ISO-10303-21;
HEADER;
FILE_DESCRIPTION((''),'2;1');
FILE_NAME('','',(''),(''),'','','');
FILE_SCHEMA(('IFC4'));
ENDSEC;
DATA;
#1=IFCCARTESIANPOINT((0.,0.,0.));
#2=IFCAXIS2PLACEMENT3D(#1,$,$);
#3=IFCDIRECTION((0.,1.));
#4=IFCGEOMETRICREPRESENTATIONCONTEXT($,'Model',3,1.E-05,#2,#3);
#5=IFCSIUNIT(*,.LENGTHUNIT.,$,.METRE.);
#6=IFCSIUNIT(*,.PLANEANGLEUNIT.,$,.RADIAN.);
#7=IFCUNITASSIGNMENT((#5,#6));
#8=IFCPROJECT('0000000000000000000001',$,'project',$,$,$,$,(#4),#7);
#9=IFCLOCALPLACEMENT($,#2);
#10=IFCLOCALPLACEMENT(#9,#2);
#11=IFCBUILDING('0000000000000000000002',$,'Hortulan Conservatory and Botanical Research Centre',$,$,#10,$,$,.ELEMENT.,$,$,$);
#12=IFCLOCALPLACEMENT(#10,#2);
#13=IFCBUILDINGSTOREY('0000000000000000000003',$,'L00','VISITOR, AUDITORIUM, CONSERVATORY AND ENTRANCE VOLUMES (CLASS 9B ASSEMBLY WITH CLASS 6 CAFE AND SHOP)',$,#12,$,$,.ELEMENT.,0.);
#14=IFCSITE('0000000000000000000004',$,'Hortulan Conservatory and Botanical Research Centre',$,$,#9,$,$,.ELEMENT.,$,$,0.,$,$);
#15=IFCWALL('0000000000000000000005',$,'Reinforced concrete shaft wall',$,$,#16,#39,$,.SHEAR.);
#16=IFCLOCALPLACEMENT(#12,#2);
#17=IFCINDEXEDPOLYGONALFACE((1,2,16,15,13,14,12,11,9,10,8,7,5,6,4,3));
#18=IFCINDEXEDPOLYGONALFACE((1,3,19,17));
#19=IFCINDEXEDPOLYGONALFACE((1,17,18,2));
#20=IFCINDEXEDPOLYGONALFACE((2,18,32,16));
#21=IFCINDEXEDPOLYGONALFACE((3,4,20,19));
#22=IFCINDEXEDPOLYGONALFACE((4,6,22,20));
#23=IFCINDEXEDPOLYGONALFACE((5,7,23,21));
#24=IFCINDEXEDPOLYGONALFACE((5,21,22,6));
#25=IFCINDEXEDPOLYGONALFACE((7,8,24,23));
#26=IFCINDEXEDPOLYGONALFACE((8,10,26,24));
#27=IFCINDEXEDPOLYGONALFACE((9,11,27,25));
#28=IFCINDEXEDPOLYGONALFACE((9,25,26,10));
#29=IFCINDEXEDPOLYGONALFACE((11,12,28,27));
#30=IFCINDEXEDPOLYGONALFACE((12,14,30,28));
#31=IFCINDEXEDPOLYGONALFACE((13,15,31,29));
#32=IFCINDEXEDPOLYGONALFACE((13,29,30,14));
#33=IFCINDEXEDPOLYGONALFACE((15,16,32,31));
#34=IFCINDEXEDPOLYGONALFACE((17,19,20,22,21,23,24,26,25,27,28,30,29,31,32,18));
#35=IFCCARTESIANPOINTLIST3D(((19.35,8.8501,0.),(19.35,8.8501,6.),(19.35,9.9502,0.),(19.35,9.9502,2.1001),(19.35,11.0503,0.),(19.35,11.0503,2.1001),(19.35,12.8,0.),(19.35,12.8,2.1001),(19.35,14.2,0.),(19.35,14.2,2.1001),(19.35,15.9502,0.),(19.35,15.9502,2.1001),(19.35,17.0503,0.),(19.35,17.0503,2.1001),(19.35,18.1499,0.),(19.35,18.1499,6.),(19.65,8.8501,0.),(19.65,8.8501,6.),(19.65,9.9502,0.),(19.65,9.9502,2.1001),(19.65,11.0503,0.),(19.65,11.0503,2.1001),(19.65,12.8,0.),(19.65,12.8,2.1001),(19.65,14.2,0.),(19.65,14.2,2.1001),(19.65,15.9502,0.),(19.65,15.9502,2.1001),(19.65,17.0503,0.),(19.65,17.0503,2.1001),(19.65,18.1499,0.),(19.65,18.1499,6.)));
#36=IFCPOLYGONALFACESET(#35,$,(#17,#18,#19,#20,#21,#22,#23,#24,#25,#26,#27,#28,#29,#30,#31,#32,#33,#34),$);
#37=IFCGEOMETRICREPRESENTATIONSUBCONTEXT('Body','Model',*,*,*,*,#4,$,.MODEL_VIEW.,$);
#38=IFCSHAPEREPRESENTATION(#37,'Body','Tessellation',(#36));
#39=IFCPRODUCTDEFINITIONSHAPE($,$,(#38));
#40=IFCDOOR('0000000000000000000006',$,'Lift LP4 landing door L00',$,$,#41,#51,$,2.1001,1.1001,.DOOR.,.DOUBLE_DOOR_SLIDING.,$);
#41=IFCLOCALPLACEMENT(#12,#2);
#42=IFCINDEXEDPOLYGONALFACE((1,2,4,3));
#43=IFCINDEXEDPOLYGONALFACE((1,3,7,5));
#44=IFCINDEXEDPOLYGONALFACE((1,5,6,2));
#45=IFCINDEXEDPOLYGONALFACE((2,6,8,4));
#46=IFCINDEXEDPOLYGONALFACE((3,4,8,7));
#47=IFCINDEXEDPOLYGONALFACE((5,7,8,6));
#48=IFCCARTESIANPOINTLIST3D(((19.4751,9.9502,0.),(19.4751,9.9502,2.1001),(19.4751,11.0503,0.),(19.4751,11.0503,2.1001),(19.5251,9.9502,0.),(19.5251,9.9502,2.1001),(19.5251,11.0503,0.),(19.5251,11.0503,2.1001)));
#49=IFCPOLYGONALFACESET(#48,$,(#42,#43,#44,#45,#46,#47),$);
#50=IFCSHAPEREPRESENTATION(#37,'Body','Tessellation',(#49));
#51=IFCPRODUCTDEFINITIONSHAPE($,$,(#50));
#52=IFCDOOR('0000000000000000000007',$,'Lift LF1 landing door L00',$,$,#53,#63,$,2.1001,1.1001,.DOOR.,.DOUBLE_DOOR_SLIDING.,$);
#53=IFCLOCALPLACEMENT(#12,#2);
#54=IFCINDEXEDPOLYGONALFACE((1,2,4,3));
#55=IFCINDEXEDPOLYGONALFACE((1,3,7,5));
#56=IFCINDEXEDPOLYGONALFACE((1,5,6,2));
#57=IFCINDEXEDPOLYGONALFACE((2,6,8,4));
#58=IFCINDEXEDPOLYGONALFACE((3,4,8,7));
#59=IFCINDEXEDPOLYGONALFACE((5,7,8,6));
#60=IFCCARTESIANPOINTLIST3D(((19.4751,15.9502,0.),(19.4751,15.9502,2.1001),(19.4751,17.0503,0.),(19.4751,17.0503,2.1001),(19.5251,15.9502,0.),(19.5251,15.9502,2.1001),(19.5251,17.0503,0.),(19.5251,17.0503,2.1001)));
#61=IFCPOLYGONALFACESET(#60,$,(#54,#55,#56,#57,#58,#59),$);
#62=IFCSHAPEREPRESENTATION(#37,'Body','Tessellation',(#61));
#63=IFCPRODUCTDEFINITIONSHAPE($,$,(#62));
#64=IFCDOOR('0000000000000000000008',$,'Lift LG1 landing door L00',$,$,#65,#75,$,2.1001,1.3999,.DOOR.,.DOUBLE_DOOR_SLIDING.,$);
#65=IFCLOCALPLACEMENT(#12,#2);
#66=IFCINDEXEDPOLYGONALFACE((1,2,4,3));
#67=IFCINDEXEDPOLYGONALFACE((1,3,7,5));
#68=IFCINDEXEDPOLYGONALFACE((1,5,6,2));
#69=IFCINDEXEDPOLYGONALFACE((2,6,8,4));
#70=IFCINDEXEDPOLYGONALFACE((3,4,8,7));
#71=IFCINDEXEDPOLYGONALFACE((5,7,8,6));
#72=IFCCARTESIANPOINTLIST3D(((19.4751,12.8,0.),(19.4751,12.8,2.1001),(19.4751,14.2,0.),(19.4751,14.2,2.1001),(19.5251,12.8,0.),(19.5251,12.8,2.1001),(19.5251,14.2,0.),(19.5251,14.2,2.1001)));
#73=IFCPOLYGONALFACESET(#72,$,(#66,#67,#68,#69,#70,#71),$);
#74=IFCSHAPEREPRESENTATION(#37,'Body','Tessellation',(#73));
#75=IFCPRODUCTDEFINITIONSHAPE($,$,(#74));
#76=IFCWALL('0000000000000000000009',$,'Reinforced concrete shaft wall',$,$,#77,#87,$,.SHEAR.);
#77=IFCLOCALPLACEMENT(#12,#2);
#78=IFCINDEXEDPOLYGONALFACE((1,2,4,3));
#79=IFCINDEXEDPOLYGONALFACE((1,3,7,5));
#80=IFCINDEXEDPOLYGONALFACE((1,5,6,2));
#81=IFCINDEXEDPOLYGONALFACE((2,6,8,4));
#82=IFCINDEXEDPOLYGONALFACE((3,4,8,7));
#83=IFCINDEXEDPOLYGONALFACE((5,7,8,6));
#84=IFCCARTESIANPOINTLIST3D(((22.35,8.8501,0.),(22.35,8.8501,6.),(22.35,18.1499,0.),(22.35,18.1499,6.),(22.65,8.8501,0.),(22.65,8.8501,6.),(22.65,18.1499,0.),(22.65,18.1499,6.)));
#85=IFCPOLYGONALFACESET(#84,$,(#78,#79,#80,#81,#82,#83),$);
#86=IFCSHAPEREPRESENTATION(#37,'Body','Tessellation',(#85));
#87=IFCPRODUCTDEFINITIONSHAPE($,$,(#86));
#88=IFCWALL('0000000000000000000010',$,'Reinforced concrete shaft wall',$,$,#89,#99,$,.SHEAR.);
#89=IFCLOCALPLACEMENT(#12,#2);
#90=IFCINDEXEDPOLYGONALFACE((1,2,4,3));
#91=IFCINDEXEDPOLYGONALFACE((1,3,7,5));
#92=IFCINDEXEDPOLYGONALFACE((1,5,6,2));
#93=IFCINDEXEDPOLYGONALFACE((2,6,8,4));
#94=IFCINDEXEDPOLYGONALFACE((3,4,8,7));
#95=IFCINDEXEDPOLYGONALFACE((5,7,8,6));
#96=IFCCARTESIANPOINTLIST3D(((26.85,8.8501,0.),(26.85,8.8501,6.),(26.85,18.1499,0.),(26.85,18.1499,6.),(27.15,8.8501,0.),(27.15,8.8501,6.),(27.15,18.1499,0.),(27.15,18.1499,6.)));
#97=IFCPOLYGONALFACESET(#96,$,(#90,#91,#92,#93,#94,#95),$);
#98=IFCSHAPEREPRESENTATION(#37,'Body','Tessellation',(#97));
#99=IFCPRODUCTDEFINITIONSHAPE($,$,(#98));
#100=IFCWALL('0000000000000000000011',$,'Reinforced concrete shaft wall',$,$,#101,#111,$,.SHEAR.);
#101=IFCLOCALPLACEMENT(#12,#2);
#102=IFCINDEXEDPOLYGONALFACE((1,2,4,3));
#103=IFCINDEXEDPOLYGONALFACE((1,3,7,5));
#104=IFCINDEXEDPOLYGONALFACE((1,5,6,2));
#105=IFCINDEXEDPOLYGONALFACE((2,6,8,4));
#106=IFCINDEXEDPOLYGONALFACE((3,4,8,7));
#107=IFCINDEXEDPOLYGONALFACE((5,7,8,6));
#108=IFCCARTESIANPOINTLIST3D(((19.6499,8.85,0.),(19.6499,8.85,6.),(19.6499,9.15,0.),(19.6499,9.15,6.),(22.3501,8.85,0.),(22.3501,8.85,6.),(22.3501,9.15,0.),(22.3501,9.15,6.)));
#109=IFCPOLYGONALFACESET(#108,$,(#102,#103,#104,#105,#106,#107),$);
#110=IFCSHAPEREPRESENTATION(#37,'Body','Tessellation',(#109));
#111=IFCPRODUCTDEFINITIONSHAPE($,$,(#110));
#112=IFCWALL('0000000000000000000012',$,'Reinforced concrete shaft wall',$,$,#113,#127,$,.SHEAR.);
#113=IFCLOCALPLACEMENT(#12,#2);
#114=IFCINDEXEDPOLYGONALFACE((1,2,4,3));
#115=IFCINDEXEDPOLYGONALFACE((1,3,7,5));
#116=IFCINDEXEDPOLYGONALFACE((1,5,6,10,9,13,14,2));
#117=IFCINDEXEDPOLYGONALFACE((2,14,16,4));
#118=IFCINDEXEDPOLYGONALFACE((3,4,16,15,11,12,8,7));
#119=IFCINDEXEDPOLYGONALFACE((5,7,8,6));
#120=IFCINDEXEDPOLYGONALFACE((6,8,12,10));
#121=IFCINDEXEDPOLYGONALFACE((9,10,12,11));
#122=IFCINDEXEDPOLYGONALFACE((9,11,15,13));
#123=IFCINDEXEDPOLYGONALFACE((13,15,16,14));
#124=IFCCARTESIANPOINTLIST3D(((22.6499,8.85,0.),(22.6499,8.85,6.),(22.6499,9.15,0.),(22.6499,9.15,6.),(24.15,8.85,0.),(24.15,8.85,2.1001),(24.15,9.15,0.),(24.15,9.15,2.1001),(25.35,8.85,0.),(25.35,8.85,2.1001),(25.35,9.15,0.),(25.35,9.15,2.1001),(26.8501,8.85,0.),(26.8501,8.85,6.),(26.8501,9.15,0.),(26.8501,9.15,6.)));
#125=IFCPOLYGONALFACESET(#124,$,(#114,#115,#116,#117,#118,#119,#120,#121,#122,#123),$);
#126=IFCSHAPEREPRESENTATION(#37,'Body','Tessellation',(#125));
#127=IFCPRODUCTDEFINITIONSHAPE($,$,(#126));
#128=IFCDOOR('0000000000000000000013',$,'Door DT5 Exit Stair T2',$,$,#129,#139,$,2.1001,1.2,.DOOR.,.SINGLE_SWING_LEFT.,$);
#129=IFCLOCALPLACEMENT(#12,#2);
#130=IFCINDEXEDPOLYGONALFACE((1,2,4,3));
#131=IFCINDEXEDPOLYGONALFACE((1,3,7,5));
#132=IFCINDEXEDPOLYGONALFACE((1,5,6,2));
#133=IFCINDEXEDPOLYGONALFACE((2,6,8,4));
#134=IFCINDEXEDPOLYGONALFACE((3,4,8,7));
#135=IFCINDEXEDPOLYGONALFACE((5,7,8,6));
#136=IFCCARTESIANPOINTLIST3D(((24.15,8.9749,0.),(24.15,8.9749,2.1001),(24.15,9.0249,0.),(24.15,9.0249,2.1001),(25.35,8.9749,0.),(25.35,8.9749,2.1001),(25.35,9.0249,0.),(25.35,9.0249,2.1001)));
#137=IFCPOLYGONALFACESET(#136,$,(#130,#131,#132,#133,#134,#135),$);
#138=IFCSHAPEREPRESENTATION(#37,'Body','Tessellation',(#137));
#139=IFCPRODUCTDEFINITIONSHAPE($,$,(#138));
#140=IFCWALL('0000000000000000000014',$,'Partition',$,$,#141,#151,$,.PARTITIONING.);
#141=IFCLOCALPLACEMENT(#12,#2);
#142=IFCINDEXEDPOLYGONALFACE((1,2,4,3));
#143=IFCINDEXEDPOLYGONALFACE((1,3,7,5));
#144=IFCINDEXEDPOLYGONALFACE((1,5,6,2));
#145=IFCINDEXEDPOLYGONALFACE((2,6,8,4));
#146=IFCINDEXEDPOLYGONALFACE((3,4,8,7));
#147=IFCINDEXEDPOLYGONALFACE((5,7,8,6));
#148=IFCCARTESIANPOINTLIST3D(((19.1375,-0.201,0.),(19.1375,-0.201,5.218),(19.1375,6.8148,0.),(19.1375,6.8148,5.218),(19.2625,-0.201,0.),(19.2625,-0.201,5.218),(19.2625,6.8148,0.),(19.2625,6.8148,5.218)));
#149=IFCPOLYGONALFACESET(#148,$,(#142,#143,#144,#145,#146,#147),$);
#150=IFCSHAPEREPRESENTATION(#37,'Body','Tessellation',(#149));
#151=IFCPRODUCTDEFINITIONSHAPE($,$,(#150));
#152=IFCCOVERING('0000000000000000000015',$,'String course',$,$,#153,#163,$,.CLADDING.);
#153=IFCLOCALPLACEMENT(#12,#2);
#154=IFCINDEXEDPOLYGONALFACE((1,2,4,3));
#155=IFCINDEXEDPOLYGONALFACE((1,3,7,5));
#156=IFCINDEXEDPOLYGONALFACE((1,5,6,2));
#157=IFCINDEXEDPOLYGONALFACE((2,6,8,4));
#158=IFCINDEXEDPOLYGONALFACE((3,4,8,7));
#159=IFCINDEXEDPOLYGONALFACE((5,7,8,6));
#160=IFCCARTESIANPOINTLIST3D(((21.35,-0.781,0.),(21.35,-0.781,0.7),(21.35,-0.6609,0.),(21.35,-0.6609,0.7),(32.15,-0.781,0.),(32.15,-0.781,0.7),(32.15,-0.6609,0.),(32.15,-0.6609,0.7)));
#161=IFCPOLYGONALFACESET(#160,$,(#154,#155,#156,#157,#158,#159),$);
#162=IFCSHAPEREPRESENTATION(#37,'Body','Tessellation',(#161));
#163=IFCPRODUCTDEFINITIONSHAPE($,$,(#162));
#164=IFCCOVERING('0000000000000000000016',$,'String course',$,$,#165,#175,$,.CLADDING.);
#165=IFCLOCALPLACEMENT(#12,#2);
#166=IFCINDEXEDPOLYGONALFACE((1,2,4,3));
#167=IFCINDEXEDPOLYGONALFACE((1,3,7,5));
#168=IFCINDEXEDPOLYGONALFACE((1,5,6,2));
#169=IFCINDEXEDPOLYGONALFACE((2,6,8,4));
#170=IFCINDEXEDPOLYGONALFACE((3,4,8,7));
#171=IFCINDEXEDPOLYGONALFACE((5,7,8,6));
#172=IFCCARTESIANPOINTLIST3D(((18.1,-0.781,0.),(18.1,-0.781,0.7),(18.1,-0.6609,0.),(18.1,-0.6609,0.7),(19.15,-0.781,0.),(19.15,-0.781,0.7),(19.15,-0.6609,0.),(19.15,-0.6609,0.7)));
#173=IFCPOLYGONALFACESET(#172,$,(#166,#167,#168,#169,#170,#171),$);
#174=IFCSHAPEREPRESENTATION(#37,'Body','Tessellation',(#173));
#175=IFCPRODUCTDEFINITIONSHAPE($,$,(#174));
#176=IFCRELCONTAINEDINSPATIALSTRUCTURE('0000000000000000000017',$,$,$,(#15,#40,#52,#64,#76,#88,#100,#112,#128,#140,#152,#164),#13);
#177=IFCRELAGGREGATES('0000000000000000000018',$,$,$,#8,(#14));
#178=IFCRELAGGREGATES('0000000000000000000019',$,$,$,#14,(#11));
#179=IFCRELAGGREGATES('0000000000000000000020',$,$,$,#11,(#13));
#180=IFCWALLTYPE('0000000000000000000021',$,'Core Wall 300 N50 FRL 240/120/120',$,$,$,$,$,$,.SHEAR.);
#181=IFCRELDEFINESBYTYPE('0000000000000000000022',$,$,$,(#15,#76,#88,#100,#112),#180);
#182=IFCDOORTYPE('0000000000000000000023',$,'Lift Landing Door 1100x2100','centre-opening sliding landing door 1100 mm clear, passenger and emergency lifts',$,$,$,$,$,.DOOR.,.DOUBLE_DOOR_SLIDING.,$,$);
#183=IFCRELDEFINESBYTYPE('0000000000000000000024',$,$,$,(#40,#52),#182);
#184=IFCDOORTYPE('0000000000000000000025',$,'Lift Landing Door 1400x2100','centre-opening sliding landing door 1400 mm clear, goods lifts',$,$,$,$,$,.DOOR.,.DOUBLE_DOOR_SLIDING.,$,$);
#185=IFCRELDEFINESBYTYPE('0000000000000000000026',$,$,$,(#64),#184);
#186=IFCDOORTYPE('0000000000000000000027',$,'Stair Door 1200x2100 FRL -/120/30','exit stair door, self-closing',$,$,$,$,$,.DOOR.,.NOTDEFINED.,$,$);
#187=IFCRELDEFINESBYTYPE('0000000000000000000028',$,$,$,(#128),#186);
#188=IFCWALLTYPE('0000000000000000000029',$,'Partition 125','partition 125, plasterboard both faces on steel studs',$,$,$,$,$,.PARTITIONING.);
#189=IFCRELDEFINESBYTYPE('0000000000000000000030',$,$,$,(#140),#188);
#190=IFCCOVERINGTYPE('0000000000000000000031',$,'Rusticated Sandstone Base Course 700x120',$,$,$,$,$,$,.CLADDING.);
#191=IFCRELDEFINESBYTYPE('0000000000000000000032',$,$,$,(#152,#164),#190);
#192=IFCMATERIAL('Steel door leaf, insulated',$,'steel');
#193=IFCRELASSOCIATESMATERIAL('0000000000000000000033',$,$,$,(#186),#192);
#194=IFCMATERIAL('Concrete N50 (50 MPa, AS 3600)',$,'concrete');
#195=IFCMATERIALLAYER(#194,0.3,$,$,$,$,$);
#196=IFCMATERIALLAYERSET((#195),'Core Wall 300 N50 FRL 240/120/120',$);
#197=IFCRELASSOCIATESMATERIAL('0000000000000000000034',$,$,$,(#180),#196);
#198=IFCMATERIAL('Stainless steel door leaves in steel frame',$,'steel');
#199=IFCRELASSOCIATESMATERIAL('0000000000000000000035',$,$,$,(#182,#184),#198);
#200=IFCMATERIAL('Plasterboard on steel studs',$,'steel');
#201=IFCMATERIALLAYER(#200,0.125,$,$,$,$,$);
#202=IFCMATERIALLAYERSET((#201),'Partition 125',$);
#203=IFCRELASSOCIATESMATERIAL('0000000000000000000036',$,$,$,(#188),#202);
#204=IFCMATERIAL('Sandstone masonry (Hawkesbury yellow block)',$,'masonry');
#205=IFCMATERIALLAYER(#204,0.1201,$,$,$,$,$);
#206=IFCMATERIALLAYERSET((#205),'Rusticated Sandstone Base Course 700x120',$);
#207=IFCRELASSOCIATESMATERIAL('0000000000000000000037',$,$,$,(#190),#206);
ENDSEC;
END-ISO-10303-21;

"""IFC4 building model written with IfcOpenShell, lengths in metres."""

from ifc_helpers import new_model, si_unit, direction, frame, frame_2d, origin, origin_2d, place, context, subcontext, project, spatial, rectangle, extrude, material, layer, layer_set, type_object, element, fill, save


model = new_model("IFC4")

# Units and contexts
model_context = context("Model", 3, precision=1e-05, world=origin(), true_north=direction((0.0, 1.0)))
body_context = subcontext(model_context, "Body", "Model", "MODEL_VIEW")
ifc_project = project(units=[si_unit("LENGTHUNIT", "METRE"), si_unit("PLANEANGLEUNIT", "RADIAN")], contexts=[model_context])

# Site, building, storey
site_placement = place(None, origin())
site = spatial("IfcSite", under=ifc_project, at=site_placement, Name="Hortulan Conservatory and Botanical Research Centre", CompositionType="ELEMENT", RefElevation=0.0)
building_placement = place(site_placement, origin())
building = spatial("IfcBuilding", under=site, at=building_placement, Name="Hortulan Conservatory and Botanical Research Centre", CompositionType="ELEMENT")
storey_placement = place(building_placement, origin())
storey = spatial("IfcBuildingStorey", under=building, at=storey_placement, Name="L00", Description="VISITOR, AUDITORIUM, CONSERVATORY AND ENTRANCE VOLUMES (CLASS 9B ASSEMBLY WITH CLASS 6 CAFE AND SHOP)", CompositionType="ELEMENT", Elevation=0.0)

# Shared definitions
ifc_material_1 = material(Name="Steel door leaf, insulated", Category="steel")
door_type_1 = type_object("IfcDoorType", Name="Stair Door 1200x2100 FRL -/120/30", Description="exit stair door, self-closing", OperationType="NOTDEFINED", PredefinedType="DOOR", material=ifc_material_1)

# Wall, openings, doors
ifc_material_2 = material(Name="Concrete N50 (50 MPa, AS 3600)", Category="concrete")
ifc_layer_1 = layer(ifc_material_2, 0.3)
ifc_layer_set_1 = layer_set([ifc_layer_1], Name="Core Wall 300 N50 FRL 240/120/120")
wall_type_1 = type_object("IfcWallType", Name="Core Wall 300 N50 FRL 240/120/120", PredefinedType="SHEAR", material=ifc_layer_set_1)
wall_1_placement = place(storey_placement, frame((19.5, 8.8501, 0.0), z_axis=(0.0, 0.0, 1.0), x_axis=(0.0, 1.0, 0.0)))
wall_1 = element("IfcWall", 1, at=wall_1_placement, inside=storey, type_object=wall_type_1, Name="Reinforced concrete shaft wall", PredefinedType="SHEAR", context=body_context, shape_type="SweptSolid", body=[
    extrude(rectangle(XDim=9.2998, YDim=0.3, at=frame_2d((4.6499, 0.0))), origin(), (0.0, 0.0, 1.0), 6.0),
])
opening_1_placement = place(wall_1_placement, frame((1.1001, 0.0, 0.0)))
opening_1 = element("IfcOpeningElement", 2, at=opening_1_placement, cuts=wall_1, PredefinedType="OPENING", context=body_context, shape_type="SweptSolid", body=[
    extrude(rectangle(XDim=1.1001, YDim=2.1001, at=frame_2d((0.55, 1.05))), frame((0.0, 0.1599, 0.0), z_axis=(0.0, -1.0, 0.0), x_axis=(1.0, 0.0, 0.0)), (0.0, 0.0, 1.0), 0.3201),
])
opening_2_placement = place(wall_1_placement, frame((3.95, 0.0, 0.0)))
opening_2 = element("IfcOpeningElement", 3, at=opening_2_placement, cuts=wall_1, PredefinedType="OPENING", context=body_context, shape_type="SweptSolid", body=[
    extrude(rectangle(XDim=1.3999, YDim=2.1001, at=frame_2d((0.7, 1.05))), frame((0.0, 0.1599, 0.0), z_axis=(0.0, -1.0, 0.0), x_axis=(1.0, 0.0, 0.0)), (0.0, 0.0, 1.0), 0.3201),
])
opening_3_placement = place(wall_1_placement, frame((7.1001, 0.0, 0.0)))
opening_3 = element("IfcOpeningElement", 4, at=opening_3_placement, cuts=wall_1, PredefinedType="OPENING", context=body_context, shape_type="SweptSolid", body=[
    extrude(rectangle(XDim=1.1001, YDim=2.1001, at=frame_2d((0.55, 1.05))), frame((0.0, 0.1599, 0.0), z_axis=(0.0, -1.0, 0.0), x_axis=(1.0, 0.0, 0.0)), (0.0, 0.0, 1.0), 0.3201),
])
ifc_material_3 = material(Name="Stainless steel door leaves in steel frame", Category="steel")
door_type_2 = type_object("IfcDoorType", Name="Lift Landing Door 1100x2100", Description="centre-opening sliding landing door 1100 mm clear, passenger and emergency lifts", OperationType="DOUBLE_DOOR_SLIDING", PredefinedType="DOOR", material=ifc_material_3)
door_1_placement = place(opening_1_placement, origin())
door_1 = element("IfcDoor", 5, at=door_1_placement, inside=storey, type_object=door_type_2, Name="Lift LP4 landing door L00", OperationType="DOUBLE_DOOR_SLIDING", OverallHeight=2.1001, OverallWidth=1.1001, PredefinedType="DOOR", context=body_context, shape_type="SweptSolid", body=[
    extrude(rectangle(XDim=1.1001, YDim=2.1001, at=frame_2d((0.55, 1.05))), frame((0.0, 0.0249, 0.0), z_axis=(0.0, -1.0, 0.0), x_axis=(1.0, 0.0, 0.0)), (0.0, 0.0, 1.0), 0.05),
])
fill(opening_1, door_1)
door_2_placement = place(opening_3_placement, origin())
door_2 = element("IfcDoor", 6, at=door_2_placement, inside=storey, type_object=door_type_2, Name="Lift LF1 landing door L00", OperationType="DOUBLE_DOOR_SLIDING", OverallHeight=2.1001, OverallWidth=1.1001, PredefinedType="DOOR", context=body_context, shape_type="SweptSolid", body=[
    extrude(rectangle(XDim=1.1001, YDim=2.1001, at=frame_2d((0.55, 1.05))), frame((0.0, 0.0249, 0.0), z_axis=(0.0, -1.0, 0.0), x_axis=(1.0, 0.0, 0.0)), (0.0, 0.0, 1.0), 0.05),
])
fill(opening_3, door_2)
door_type_3 = type_object("IfcDoorType", Name="Lift Landing Door 1400x2100", Description="centre-opening sliding landing door 1400 mm clear, goods lifts", OperationType="DOUBLE_DOOR_SLIDING", PredefinedType="DOOR", material=ifc_material_3)
door_3_placement = place(opening_2_placement, origin())
door_3 = element("IfcDoor", 7, at=door_3_placement, inside=storey, type_object=door_type_3, Name="Lift LG1 landing door L00", OperationType="DOUBLE_DOOR_SLIDING", OverallHeight=2.1001, OverallWidth=1.3999, PredefinedType="DOOR", context=body_context, shape_type="SweptSolid", body=[
    extrude(rectangle(XDim=1.3999, YDim=2.1001, at=frame_2d((0.7, 1.05))), frame((0.0, 0.0249, 0.0), z_axis=(0.0, -1.0, 0.0), x_axis=(1.0, 0.0, 0.0)), (0.0, 0.0, 1.0), 0.05),
])
fill(opening_2, door_3)

# Walls
for number, where, z_axis, x_axis, name in (
    (8, (22.5, 8.8501, 0.0), (0.0, 0.0, 1.0), (0.0, 1.0, 0.0), "Reinforced concrete shaft wall"),
    (9, (27.0, 8.8501, 0.0), (0.0, 0.0, 1.0), (0.0, 1.0, 0.0), "Reinforced concrete shaft wall"),
):
    element("IfcWall", number, at=place(storey_placement, frame(where, z_axis=z_axis, x_axis=x_axis)), inside=storey, type_object=wall_type_1, Name=name, PredefinedType="SHEAR", context=body_context, shape_type="SweptSolid", body=[
        extrude(rectangle(XDim=9.2998, YDim=0.3, at=frame_2d((4.6499, 0.0))), origin(), (0.0, 0.0, 1.0), 6.0),
    ])
wall_2_placement = place(storey_placement, frame((19.6499, 9.0, 0.0), z_axis=(0.0, 0.0, 1.0), x_axis=(1.0, 0.0, 0.0)))
element("IfcWall", 10, at=wall_2_placement, inside=storey, type_object=wall_type_1, Name="Reinforced concrete shaft wall", PredefinedType="SHEAR", context=body_context, shape_type="SweptSolid", body=[
    extrude(rectangle(XDim=2.7002, YDim=0.3, at=frame_2d((1.3501, 0.0))), origin(), (0.0, 0.0, 1.0), 6.0),
])

# Wall, opening, door
wall_3_placement = place(storey_placement, frame((22.6499, 9.0, 0.0), z_axis=(0.0, 0.0, 1.0), x_axis=(1.0, 0.0, 0.0)))
wall_3 = element("IfcWall", 11, at=wall_3_placement, inside=storey, type_object=wall_type_1, Name="Reinforced concrete shaft wall", PredefinedType="SHEAR", context=body_context, shape_type="SweptSolid", body=[
    extrude(rectangle(XDim=4.2002, YDim=0.3, at=frame_2d((2.1001, 0.0))), origin(), (0.0, 0.0, 1.0), 6.0),
])
opening_4_placement = place(wall_3_placement, frame((1.5, 0.0, 0.0)))
opening_4 = element("IfcOpeningElement", 12, at=opening_4_placement, cuts=wall_3, PredefinedType="OPENING", context=body_context, shape_type="SweptSolid", body=[
    extrude(rectangle(XDim=1.2, YDim=2.1001, at=frame_2d((0.6001, 1.05))), frame((0.0, 0.1599, 0.0), z_axis=(0.0, -1.0, 0.0), x_axis=(1.0, 0.0, 0.0)), (0.0, 0.0, 1.0), 0.3201),
])
door_4_placement = place(opening_4_placement, origin())
door_4 = element("IfcDoor", 13, at=door_4_placement, inside=storey, type_object=door_type_1, Name="Door DT5 Exit Stair T2", OperationType="SINGLE_SWING_LEFT", OverallHeight=2.1001, OverallWidth=1.2, PredefinedType="DOOR", context=body_context, shape_type="SweptSolid", body=[
    extrude(rectangle(XDim=1.2, YDim=2.1001, at=frame_2d((0.6001, 1.05))), frame((0.0, 0.0249, 0.0), z_axis=(0.0, -1.0, 0.0), x_axis=(1.0, 0.0, 0.0)), (0.0, 0.0, 1.0), 0.05),
])
fill(opening_4, door_4)

# Wall
ifc_material_4 = material(Name="Plasterboard on steel studs", Category="steel")
ifc_layer_2 = layer(ifc_material_4, 0.125)
ifc_layer_set_2 = layer_set([ifc_layer_2], Name="Partition 125")
wall_type_2 = type_object("IfcWallType", Name="Partition 125", Description="partition 125, plasterboard both faces on steel studs", PredefinedType="PARTITIONING", material=ifc_layer_set_2)
wall_4_placement = place(storey_placement, frame((19.2, -0.2009, 0.0), z_axis=(0.0, 0.0, 1.0), x_axis=(0.0, 1.0, 0.0)))
element("IfcWall", 14, at=wall_4_placement, inside=storey, type_object=wall_type_2, Name="Partition", PredefinedType="PARTITIONING", context=body_context, shape_type="SweptSolid", body=[
    extrude(rectangle(XDim=7.0159, YDim=0.125, at=frame_2d((3.5078, 0.0))), origin(), (0.0, 0.0, 1.0), 5.218),
])

# Coverings
ifc_material_5 = material(Name="Sandstone masonry (Hawkesbury yellow block)", Category="masonry")
ifc_layer_3 = layer(ifc_material_5, 0.1201)
ifc_layer_set_3 = layer_set([ifc_layer_3], Name="Rusticated Sandstone Base Course 700x120")
covering_type_1 = type_object("IfcCoveringType", Name="Rusticated Sandstone Base Course 700x120", PredefinedType="CLADDING", material=ifc_layer_set_3)
covering_1_placement = place(storey_placement, frame((26.75, -0.7209, 0.0), z_axis=(0.0, 0.0, 1.0), x_axis=(-1.0, 0.0, 0.0)))
element("IfcCovering", 15, at=covering_1_placement, inside=storey, type_object=covering_type_1, Name="String course", PredefinedType="CLADDING", context=body_context, shape_type="SweptSolid", body=[
    extrude(rectangle(XDim=10.8, YDim=0.1201, at=origin_2d()), origin(), (0.0, 0.0, 1.0), 0.7),
])
covering_2_placement = place(storey_placement, frame((18.625, -0.7209, 0.0), z_axis=(0.0, 0.0, 1.0), x_axis=(-1.0, 0.0, 0.0)))
element("IfcCovering", 16, at=covering_2_placement, inside=storey, type_object=covering_type_1, Name="String course", PredefinedType="CLADDING", context=body_context, shape_type="SweptSolid", body=[
    extrude(rectangle(XDim=1.05, YDim=0.1201, at=origin_2d()), origin(), (0.0, 0.0, 1.0), 0.7),
])

save(model, "model.ifc")
